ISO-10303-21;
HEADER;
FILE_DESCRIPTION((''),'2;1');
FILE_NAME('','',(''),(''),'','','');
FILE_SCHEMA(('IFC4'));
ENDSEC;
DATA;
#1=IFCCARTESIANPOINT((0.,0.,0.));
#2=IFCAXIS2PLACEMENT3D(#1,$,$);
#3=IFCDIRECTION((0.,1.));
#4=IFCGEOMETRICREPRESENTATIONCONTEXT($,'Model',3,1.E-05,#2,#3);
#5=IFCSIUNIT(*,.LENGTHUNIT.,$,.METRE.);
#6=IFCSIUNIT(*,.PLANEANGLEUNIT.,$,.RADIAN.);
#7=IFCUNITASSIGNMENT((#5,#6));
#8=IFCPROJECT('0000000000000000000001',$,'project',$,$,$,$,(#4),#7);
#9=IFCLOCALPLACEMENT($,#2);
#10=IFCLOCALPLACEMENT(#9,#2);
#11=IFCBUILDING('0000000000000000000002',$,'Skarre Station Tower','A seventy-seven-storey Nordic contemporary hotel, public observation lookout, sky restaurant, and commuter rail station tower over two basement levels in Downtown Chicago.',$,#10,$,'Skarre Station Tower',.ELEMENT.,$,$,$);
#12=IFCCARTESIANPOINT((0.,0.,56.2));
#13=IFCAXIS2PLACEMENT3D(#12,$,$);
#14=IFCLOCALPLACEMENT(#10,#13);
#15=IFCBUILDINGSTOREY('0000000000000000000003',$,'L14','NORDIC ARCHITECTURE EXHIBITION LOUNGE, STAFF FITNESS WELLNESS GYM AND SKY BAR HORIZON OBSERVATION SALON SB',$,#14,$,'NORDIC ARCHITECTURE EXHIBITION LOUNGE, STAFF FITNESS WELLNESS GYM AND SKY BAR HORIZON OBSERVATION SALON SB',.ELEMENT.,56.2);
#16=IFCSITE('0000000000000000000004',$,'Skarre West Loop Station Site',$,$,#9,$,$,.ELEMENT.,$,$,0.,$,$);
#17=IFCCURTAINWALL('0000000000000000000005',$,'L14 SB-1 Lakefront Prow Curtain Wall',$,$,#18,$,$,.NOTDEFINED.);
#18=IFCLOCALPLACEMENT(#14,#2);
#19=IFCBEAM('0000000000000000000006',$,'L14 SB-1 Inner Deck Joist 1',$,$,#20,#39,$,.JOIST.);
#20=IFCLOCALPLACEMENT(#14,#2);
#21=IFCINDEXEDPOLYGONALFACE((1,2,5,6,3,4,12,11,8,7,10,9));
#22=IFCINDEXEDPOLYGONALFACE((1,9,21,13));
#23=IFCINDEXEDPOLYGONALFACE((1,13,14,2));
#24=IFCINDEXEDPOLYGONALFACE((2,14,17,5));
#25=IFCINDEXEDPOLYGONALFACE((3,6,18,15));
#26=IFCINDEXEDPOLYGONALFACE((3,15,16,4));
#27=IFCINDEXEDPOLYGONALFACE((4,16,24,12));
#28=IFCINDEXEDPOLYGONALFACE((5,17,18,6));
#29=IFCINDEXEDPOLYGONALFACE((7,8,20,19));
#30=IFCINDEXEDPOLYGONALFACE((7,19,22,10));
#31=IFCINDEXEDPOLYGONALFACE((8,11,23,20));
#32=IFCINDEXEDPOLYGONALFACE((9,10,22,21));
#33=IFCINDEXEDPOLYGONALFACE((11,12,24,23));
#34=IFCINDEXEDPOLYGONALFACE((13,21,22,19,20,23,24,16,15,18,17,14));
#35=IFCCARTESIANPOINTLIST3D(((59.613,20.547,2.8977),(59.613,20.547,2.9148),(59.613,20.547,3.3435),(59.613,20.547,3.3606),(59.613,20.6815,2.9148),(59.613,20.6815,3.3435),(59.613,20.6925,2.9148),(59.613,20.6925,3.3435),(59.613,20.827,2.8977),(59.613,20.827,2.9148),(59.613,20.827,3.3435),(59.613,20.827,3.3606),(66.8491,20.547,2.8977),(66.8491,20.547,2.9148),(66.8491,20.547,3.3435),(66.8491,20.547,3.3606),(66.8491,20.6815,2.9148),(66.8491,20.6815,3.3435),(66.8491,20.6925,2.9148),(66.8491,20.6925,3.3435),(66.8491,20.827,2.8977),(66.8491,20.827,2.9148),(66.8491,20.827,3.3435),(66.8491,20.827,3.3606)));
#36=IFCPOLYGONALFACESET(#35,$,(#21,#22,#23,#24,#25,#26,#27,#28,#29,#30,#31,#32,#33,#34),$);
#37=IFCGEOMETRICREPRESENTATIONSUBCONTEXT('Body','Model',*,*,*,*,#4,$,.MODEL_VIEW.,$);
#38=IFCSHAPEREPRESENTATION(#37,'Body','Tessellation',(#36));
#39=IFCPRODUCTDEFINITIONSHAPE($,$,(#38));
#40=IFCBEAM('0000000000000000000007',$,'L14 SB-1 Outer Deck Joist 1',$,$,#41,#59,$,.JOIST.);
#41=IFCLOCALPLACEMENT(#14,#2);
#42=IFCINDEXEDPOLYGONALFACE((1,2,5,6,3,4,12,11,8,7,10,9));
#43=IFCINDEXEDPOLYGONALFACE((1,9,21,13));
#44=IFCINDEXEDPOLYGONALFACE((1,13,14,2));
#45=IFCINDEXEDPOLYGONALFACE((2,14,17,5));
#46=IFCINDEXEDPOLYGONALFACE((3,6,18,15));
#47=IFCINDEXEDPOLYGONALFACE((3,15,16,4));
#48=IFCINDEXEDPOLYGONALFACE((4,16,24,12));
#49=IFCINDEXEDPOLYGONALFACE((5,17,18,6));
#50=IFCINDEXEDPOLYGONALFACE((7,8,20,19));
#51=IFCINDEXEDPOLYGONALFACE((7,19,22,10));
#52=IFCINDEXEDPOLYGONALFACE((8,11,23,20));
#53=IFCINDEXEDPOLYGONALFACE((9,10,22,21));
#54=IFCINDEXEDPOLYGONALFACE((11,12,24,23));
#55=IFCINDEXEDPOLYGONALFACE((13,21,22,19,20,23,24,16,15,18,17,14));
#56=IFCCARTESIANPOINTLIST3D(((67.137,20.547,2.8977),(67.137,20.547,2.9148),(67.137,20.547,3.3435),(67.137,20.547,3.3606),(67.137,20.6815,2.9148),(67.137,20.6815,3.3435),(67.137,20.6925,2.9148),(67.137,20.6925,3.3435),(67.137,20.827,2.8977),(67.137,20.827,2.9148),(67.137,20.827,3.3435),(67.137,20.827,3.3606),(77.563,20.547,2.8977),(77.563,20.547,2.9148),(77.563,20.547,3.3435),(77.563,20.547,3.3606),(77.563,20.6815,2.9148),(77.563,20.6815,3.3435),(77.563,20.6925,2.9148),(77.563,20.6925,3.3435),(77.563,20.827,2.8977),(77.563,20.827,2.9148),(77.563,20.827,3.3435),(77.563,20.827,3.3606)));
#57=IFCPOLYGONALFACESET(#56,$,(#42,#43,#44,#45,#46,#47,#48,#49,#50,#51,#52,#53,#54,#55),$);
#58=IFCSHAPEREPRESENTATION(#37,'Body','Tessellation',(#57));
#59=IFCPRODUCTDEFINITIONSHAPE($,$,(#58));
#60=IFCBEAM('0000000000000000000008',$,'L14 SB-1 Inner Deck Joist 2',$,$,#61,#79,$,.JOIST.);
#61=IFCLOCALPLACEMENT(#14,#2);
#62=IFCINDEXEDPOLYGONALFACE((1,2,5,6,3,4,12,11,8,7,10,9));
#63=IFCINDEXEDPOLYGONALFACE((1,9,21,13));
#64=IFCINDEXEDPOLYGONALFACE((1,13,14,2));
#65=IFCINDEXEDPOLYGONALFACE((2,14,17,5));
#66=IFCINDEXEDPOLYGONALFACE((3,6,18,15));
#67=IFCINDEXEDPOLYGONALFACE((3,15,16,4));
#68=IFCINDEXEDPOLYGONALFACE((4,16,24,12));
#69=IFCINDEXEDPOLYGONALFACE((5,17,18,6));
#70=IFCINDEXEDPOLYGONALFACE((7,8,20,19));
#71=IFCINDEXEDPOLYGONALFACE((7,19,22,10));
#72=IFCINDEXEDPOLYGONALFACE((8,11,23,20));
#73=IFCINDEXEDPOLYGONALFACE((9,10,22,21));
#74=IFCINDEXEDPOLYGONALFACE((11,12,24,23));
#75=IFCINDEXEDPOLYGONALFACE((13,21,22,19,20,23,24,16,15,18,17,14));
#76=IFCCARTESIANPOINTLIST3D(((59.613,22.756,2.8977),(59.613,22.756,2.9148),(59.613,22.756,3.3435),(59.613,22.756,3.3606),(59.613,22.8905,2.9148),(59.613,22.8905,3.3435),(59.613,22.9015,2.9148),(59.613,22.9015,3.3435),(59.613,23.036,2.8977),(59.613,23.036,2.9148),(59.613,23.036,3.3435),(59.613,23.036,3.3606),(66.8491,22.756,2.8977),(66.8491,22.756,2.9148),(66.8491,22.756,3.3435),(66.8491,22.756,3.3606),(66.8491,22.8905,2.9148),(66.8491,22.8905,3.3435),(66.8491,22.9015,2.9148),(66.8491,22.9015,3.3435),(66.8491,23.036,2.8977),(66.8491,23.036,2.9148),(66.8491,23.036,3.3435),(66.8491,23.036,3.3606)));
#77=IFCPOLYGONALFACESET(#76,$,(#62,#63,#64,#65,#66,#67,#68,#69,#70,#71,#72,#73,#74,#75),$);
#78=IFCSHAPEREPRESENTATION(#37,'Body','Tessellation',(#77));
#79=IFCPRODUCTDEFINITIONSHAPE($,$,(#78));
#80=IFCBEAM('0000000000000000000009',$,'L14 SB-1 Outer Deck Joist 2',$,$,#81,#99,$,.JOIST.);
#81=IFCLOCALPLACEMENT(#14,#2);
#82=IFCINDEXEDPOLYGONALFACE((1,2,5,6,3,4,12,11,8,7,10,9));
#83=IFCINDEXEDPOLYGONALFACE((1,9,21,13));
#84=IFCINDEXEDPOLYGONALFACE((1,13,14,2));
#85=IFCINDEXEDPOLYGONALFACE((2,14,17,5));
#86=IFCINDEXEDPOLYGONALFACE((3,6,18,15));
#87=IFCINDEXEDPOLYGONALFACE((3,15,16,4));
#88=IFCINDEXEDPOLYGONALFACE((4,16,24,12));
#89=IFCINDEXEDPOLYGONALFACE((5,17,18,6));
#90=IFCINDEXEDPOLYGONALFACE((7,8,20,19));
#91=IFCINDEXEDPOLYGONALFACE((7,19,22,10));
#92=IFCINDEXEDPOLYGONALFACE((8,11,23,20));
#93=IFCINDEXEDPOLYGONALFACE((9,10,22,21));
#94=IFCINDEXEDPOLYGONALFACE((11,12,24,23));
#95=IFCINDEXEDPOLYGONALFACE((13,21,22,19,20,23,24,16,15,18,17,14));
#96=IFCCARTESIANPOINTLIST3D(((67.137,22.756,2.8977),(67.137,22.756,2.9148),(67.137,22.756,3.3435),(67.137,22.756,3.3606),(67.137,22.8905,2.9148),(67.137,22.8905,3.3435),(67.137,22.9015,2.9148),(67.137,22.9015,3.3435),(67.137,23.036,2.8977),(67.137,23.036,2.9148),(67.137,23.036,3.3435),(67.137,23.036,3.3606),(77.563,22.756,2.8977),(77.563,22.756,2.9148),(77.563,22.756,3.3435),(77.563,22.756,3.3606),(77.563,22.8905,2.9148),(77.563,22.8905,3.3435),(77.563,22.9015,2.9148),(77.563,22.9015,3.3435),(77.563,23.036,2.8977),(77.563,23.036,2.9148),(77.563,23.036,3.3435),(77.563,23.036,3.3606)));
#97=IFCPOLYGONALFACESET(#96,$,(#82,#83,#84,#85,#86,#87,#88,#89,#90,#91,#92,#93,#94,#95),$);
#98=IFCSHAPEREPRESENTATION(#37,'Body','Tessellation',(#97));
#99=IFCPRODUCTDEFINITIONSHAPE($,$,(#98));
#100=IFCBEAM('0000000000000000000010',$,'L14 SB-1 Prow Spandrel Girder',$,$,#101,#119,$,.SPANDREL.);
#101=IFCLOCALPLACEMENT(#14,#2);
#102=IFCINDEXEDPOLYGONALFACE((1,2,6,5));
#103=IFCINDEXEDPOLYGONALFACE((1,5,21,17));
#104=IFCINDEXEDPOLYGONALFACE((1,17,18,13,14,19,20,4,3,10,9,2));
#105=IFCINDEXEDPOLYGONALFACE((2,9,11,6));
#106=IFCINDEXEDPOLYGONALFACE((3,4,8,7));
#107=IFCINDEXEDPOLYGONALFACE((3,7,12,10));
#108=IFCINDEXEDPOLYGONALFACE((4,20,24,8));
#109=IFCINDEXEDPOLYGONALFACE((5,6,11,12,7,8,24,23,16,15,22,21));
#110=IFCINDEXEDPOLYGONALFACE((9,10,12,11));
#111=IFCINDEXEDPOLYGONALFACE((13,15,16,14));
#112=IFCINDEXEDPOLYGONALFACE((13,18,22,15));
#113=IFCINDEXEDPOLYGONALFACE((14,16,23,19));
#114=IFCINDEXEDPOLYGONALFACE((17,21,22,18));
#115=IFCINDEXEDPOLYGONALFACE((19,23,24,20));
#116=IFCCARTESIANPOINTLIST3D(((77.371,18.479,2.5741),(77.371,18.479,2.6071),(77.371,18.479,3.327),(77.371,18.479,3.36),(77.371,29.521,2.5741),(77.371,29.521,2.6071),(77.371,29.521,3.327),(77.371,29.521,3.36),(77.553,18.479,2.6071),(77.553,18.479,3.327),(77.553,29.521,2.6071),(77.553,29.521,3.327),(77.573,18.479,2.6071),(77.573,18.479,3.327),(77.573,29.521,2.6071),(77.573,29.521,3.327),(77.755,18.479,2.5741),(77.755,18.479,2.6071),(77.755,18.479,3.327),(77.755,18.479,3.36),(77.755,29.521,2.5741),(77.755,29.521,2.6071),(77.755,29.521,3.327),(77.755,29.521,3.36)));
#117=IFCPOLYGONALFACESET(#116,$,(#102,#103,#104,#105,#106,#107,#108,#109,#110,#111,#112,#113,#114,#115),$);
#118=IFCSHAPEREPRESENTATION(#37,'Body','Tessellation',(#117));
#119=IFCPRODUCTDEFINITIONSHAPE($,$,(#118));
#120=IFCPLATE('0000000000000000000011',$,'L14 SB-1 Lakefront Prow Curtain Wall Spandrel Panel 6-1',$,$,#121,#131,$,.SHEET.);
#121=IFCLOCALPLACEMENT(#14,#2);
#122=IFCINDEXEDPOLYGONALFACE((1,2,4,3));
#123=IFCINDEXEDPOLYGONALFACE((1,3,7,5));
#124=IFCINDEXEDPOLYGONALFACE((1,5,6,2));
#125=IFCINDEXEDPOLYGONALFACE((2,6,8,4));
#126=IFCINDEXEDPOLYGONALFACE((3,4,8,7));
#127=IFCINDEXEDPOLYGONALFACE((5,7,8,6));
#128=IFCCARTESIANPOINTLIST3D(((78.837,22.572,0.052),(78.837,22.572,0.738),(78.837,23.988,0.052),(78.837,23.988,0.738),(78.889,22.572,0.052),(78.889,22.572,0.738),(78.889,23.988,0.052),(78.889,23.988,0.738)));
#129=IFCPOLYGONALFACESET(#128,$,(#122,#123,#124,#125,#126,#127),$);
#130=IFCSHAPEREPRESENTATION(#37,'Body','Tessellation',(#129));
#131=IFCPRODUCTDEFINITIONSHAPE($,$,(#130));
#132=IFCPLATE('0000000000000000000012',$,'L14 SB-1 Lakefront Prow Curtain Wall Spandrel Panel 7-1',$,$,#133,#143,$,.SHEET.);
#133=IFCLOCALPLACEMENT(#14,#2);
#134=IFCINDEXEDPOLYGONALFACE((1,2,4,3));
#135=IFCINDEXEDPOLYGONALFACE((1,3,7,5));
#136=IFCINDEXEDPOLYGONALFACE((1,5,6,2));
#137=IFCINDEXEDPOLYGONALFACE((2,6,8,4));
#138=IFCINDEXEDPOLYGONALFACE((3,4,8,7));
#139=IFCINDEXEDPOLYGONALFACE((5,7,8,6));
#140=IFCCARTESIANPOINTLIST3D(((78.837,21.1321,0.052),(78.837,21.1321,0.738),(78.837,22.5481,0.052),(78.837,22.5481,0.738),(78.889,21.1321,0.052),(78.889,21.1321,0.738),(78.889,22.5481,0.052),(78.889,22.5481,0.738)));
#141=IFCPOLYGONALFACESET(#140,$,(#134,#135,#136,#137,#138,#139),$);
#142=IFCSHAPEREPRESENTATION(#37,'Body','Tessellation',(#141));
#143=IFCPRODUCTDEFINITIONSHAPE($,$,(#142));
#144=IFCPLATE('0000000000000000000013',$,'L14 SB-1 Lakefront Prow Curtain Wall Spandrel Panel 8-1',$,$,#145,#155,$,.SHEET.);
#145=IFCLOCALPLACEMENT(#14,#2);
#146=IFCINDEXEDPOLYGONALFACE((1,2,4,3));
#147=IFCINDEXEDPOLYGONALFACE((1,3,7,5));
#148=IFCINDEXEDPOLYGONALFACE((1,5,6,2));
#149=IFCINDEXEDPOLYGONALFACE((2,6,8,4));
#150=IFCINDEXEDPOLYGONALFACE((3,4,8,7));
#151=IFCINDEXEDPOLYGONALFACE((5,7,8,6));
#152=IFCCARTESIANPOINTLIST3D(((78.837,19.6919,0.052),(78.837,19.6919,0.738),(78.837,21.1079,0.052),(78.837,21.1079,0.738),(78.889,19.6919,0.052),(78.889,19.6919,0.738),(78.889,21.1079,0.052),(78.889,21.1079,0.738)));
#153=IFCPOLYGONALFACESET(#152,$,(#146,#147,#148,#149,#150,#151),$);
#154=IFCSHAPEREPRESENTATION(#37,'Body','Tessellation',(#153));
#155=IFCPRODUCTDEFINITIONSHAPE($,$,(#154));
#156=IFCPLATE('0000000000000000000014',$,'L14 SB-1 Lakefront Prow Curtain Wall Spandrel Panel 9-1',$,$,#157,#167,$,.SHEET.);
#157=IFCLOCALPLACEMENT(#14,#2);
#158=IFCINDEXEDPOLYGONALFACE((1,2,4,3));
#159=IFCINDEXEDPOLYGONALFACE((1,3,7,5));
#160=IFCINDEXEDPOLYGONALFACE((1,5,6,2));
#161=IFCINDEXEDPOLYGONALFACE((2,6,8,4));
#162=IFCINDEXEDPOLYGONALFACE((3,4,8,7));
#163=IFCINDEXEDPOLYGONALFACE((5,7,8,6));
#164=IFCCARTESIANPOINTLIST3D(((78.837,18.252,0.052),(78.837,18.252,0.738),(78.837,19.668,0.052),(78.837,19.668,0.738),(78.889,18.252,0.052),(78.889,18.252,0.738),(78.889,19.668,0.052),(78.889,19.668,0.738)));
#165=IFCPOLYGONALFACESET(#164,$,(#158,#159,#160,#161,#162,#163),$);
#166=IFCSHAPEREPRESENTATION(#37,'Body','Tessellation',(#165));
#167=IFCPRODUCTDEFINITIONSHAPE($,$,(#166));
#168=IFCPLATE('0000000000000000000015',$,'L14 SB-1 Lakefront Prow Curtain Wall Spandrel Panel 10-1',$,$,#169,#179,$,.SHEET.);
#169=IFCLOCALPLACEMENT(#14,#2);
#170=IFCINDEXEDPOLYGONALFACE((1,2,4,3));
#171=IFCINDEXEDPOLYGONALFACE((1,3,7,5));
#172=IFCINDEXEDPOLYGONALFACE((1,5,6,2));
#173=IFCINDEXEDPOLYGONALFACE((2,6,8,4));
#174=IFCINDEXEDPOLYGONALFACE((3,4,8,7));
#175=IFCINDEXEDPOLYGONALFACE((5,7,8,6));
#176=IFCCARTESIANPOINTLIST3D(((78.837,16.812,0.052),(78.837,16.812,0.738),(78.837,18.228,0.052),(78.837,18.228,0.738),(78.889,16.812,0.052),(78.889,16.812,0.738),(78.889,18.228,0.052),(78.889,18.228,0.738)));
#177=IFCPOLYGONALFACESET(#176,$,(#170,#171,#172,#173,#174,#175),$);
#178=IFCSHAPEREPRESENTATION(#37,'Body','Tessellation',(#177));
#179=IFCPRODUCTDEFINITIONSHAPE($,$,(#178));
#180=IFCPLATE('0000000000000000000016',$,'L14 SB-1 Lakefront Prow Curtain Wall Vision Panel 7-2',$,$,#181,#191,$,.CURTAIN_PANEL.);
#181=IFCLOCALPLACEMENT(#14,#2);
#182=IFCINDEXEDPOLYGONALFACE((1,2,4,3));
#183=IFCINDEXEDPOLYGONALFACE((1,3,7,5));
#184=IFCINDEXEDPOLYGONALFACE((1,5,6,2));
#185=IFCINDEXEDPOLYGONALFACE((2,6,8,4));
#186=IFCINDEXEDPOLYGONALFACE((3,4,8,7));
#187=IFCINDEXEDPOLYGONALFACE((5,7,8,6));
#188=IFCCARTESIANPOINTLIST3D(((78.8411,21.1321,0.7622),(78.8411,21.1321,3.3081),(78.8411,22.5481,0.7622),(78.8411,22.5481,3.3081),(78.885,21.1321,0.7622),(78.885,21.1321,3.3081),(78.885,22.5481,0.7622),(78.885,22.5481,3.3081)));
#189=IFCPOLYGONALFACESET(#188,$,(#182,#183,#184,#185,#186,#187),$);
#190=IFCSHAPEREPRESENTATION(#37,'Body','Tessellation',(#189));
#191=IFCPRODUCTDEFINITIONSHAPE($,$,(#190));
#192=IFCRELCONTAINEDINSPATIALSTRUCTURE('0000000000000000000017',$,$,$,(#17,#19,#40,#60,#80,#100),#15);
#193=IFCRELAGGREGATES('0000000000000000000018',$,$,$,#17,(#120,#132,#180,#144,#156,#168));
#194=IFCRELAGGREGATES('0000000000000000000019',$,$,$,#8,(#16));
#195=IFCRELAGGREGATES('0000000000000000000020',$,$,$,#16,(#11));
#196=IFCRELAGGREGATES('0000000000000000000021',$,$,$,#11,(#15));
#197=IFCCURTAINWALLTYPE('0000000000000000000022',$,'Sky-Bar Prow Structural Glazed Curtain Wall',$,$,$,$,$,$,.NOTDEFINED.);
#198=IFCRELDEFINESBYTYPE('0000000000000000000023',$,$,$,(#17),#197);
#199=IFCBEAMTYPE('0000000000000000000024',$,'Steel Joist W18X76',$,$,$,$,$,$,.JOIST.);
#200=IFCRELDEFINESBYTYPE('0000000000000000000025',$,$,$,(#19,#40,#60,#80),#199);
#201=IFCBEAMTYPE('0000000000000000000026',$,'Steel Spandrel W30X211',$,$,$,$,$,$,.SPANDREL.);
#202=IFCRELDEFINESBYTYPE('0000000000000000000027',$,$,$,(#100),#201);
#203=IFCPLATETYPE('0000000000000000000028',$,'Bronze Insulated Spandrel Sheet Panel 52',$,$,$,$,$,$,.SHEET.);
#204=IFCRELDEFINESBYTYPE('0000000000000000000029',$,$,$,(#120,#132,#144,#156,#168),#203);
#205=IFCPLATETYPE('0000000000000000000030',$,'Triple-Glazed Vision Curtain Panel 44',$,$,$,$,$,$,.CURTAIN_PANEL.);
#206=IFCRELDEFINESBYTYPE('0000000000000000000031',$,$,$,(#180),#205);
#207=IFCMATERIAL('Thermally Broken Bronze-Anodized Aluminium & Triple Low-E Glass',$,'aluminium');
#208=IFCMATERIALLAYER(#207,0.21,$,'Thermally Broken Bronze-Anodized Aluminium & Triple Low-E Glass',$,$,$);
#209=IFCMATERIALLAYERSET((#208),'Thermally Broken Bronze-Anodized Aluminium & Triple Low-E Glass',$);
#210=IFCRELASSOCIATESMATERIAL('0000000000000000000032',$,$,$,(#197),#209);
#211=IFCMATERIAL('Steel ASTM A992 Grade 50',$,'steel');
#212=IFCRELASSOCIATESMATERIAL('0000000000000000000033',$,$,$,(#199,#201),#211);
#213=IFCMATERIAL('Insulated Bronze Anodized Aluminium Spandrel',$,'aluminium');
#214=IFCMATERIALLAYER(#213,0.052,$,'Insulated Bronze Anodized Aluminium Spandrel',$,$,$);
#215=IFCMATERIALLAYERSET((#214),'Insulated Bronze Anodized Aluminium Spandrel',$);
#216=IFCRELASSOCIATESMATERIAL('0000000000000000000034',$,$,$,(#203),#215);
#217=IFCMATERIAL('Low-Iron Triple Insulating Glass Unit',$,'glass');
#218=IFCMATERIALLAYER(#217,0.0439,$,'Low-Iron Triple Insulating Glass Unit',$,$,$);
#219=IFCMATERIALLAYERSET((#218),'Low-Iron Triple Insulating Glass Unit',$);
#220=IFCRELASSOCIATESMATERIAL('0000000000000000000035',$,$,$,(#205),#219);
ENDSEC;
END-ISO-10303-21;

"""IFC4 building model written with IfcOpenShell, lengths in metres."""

from ifc_helpers import new_model, si_unit, direction, frame, origin, origin_2d, place, context, subcontext, project, spatial, rectangle, i_section, extrude, material, layer, layer_set, material_profile, profile_set, type_object, element, aggregate, save


model = new_model("IFC4")

# Units and contexts
model_context = context("Model", 3, precision=1e-05, world=origin(), true_north=direction((0.0, 1.0)))
body_context = subcontext(model_context, "Body", "Model", "MODEL_VIEW")
ifc_project = project(units=[si_unit("LENGTHUNIT", "METRE"), si_unit("PLANEANGLEUNIT", "RADIAN")], contexts=[model_context])

# Site, building, storey
site_placement = place(None, origin())
site = spatial("IfcSite", under=ifc_project, at=site_placement, Name="Skarre West Loop Station Site", CompositionType="ELEMENT", RefElevation=0.0)
building_placement = place(site_placement, origin())
building = spatial("IfcBuilding", under=site, at=building_placement, Name="Skarre Station Tower", Description="A seventy-seven-storey Nordic contemporary hotel, public observation lookout, sky restaurant, and commuter rail station tower over two basement levels in Downtown Chicago.", LongName="Skarre Station Tower", CompositionType="ELEMENT")
storey_placement = place(building_placement, frame((0.0, 0.0, 56.2)))
storey = spatial("IfcBuildingStorey", under=building, at=storey_placement, Name="L14", Description="NORDIC ARCHITECTURE EXHIBITION LOUNGE, STAFF FITNESS WELLNESS GYM AND SKY BAR HORIZON OBSERVATION SALON SB", LongName="NORDIC ARCHITECTURE EXHIBITION LOUNGE, STAFF FITNESS WELLNESS GYM AND SKY BAR HORIZON OBSERVATION SALON SB", CompositionType="ELEMENT", Elevation=56.2)

# Curtain wall
ifc_material_1 = material(Name="Thermally Broken Bronze-Anodized Aluminium & Triple Low-E Glass", Category="aluminium")
ifc_layer_1 = layer(ifc_material_1, 0.21, Name="Thermally Broken Bronze-Anodized Aluminium & Triple Low-E Glass")
ifc_layer_set_1 = layer_set([ifc_layer_1], Name="Thermally Broken Bronze-Anodized Aluminium & Triple Low-E Glass")
curtain_wall_type = type_object("IfcCurtainWallType", Name="Sky-Bar Prow Structural Glazed Curtain Wall", PredefinedType="NOTDEFINED", material=ifc_layer_set_1)
curtain_wall_placement = place(storey_placement, origin())
curtain_wall = element("IfcCurtainWall", 1, at=curtain_wall_placement, inside=storey, type_object=curtain_wall_type, Name="L14 SB-1 Lakefront Prow Curtain Wall", PredefinedType="NOTDEFINED")

# Beams
ifc_material_2 = material(Name="Steel ASTM A992 Grade 50", Category="steel")
ifc_material_profile_1 = material_profile(ifc_material_2, i_section(OverallWidth=0.28, OverallDepth=0.4629, WebThickness=0.011, FlangeThickness=0.0171, at=origin_2d()), Name="Steel ASTM A992 Grade 50")
ifc_profile_set_1 = profile_set([ifc_material_profile_1], Name="Steel ASTM A992 Grade 50")
beam_type_1 = type_object("IfcBeamType", Name="Steel Joist W18X76", PredefinedType="JOIST", material=ifc_profile_set_1)
beam_1_placement = place(storey_placement, frame((59.613, 20.687, 3.1292), z_axis=(1.0, 0.0, 0.0), x_axis=(0.0, 1.0, 0.0)))
element("IfcBeam", 2, at=beam_1_placement, inside=storey, type_object=beam_type_1, Name="L14 SB-1 Inner Deck Joist 1", PredefinedType="JOIST", context=body_context, shape_type="SweptSolid", body=[
    extrude(i_section(OverallWidth=0.28, OverallDepth=0.4629, WebThickness=0.011, FlangeThickness=0.0171, at=origin_2d()), origin(), (0.0, 0.0, 1.0), 7.2361),
])
beam_2_placement = place(storey_placement, frame((67.137, 20.687, 3.1292), z_axis=(1.0, 0.0, 0.0), x_axis=(0.0, 1.0, 0.0)))
element("IfcBeam", 3, at=beam_2_placement, inside=storey, type_object=beam_type_1, Name="L14 SB-1 Outer Deck Joist 1", PredefinedType="JOIST", context=body_context, shape_type="SweptSolid", body=[
    extrude(i_section(OverallWidth=0.28, OverallDepth=0.4629, WebThickness=0.011, FlangeThickness=0.0171, at=origin_2d()), origin(), (0.0, 0.0, 1.0), 10.426),
])
beam_3_placement = place(storey_placement, frame((59.613, 22.896, 3.1292), z_axis=(1.0, 0.0, 0.0), x_axis=(0.0, 1.0, 0.0)))
element("IfcBeam", 4, at=beam_3_placement, inside=storey, type_object=beam_type_1, Name="L14 SB-1 Inner Deck Joist 2", PredefinedType="JOIST", context=body_context, shape_type="SweptSolid", body=[
    extrude(i_section(OverallWidth=0.28, OverallDepth=0.4629, WebThickness=0.011, FlangeThickness=0.0171, at=origin_2d()), origin(), (0.0, 0.0, 1.0), 7.2361),
])
beam_4_placement = place(storey_placement, frame((67.137, 22.896, 3.1292), z_axis=(1.0, 0.0, 0.0), x_axis=(0.0, 1.0, 0.0)))
element("IfcBeam", 5, at=beam_4_placement, inside=storey, type_object=beam_type_1, Name="L14 SB-1 Outer Deck Joist 2", PredefinedType="JOIST", context=body_context, shape_type="SweptSolid", body=[
    extrude(i_section(OverallWidth=0.28, OverallDepth=0.4629, WebThickness=0.011, FlangeThickness=0.0171, at=origin_2d()), origin(), (0.0, 0.0, 1.0), 10.426),
])
ifc_material_profile_2 = material_profile(ifc_material_2, i_section(OverallWidth=0.384, OverallDepth=0.7859, WebThickness=0.02, FlangeThickness=0.033, at=origin_2d()), Name="Steel ASTM A992 Grade 50")
ifc_profile_set_2 = profile_set([ifc_material_profile_2], Name="Steel ASTM A992 Grade 50")
beam_type_2 = type_object("IfcBeamType", Name="Steel Spandrel W30X211", PredefinedType="SPANDREL", material=ifc_profile_set_2)
beam_5_placement = place(storey_placement, frame((77.563, 18.479, 2.967), z_axis=(0.0, 1.0, 0.0), x_axis=(-1.0, 0.0, 0.0)))
element("IfcBeam", 6, at=beam_5_placement, inside=storey, type_object=beam_type_2, Name="L14 SB-1 Prow Spandrel Girder", PredefinedType="SPANDREL", context=body_context, shape_type="SweptSolid", body=[
    extrude(i_section(OverallWidth=0.384, OverallDepth=0.7859, WebThickness=0.02, FlangeThickness=0.033, at=origin_2d()), origin(), (0.0, 0.0, 1.0), 11.042),
])

# Plates
ifc_material_3 = material(Name="Insulated Bronze Anodized Aluminium Spandrel", Category="aluminium")
ifc_layer_2 = layer(ifc_material_3, 0.052, Name="Insulated Bronze Anodized Aluminium Spandrel")
ifc_layer_set_2 = layer_set([ifc_layer_2], Name="Insulated Bronze Anodized Aluminium Spandrel")
plate_type_1 = type_object("IfcPlateType", Name="Bronze Insulated Spandrel Sheet Panel 52", PredefinedType="SHEET", material=ifc_layer_set_2)
plate_1_placement = place(storey_placement, frame((78.863, 23.28, 0.052), z_axis=(0.0, 0.0, 1.0), x_axis=(0.0, -1.0, 0.0)))
plate_1 = element("IfcPlate", 7, at=plate_1_placement, type_object=plate_type_1, Name="L14 SB-1 Lakefront Prow Curtain Wall Spandrel Panel 6-1", PredefinedType="SHEET", context=body_context, shape_type="SweptSolid", body=[
    extrude(rectangle(XDim=1.416, YDim=0.052, at=origin_2d()), origin(), (0.0, 0.0, 1.0), 0.686),
])
plate_2_placement = place(storey_placement, frame((78.863, 21.8401, 0.052), z_axis=(0.0, 0.0, 1.0), x_axis=(0.0, -1.0, 0.0)))
plate_2 = element("IfcPlate", 8, at=plate_2_placement, type_object=plate_type_1, Name="L14 SB-1 Lakefront Prow Curtain Wall Spandrel Panel 7-1", PredefinedType="SHEET", context=body_context, shape_type="SweptSolid", body=[
    extrude(rectangle(XDim=1.416, YDim=0.052, at=origin_2d()), origin(), (0.0, 0.0, 1.0), 0.686),
])
plate_3_placement = place(storey_placement, frame((78.863, 20.3999, 0.052), z_axis=(0.0, 0.0, 1.0), x_axis=(0.0, -1.0, 0.0)))
plate_3 = element("IfcPlate", 9, at=plate_3_placement, type_object=plate_type_1, Name="L14 SB-1 Lakefront Prow Curtain Wall Spandrel Panel 8-1", PredefinedType="SHEET", context=body_context, shape_type="SweptSolid", body=[
    extrude(rectangle(XDim=1.416, YDim=0.052, at=origin_2d()), origin(), (0.0, 0.0, 1.0), 0.686),
])
plate_4_placement = place(storey_placement, frame((78.863, 18.96, 0.052), z_axis=(0.0, 0.0, 1.0), x_axis=(0.0, -1.0, 0.0)))
plate_4 = element("IfcPlate", 10, at=plate_4_placement, type_object=plate_type_1, Name="L14 SB-1 Lakefront Prow Curtain Wall Spandrel Panel 9-1", PredefinedType="SHEET", context=body_context, shape_type="SweptSolid", body=[
    extrude(rectangle(XDim=1.416, YDim=0.052, at=origin_2d()), origin(), (0.0, 0.0, 1.0), 0.686),
])
plate_5_placement = place(storey_placement, frame((78.863, 17.52, 0.052), z_axis=(0.0, 0.0, 1.0), x_axis=(0.0, -1.0, 0.0)))
plate_5 = element("IfcPlate", 11, at=plate_5_placement, type_object=plate_type_1, Name="L14 SB-1 Lakefront Prow Curtain Wall Spandrel Panel 10-1", PredefinedType="SHEET", context=body_context, shape_type="SweptSolid", body=[
    extrude(rectangle(XDim=1.416, YDim=0.052, at=origin_2d()), origin(), (0.0, 0.0, 1.0), 0.686),
])
ifc_material_4 = material(Name="Low-Iron Triple Insulating Glass Unit", Category="glass")
ifc_layer_3 = layer(ifc_material_4, 0.0439, Name="Low-Iron Triple Insulating Glass Unit")
ifc_layer_set_3 = layer_set([ifc_layer_3], Name="Low-Iron Triple Insulating Glass Unit")
plate_type_2 = type_object("IfcPlateType", Name="Triple-Glazed Vision Curtain Panel 44", PredefinedType="CURTAIN_PANEL", material=ifc_layer_set_3)
plate_6_placement = place(storey_placement, frame((78.863, 21.8401, 0.7622), z_axis=(0.0, 0.0, 1.0), x_axis=(0.0, -1.0, 0.0)))
plate_6 = element("IfcPlate", 12, at=plate_6_placement, type_object=plate_type_2, Name="L14 SB-1 Lakefront Prow Curtain Wall Vision Panel 7-2", PredefinedType="CURTAIN_PANEL", context=body_context, shape_type="SweptSolid", body=[
    extrude(rectangle(XDim=1.416, YDim=0.0439, at=origin_2d()), origin(), (0.0, 0.0, 1.0), 2.5459),
])
aggregate(curtain_wall, [plate_1, plate_2, plate_6, plate_3, plate_4, plate_5])

save(model, "model.ifc")
